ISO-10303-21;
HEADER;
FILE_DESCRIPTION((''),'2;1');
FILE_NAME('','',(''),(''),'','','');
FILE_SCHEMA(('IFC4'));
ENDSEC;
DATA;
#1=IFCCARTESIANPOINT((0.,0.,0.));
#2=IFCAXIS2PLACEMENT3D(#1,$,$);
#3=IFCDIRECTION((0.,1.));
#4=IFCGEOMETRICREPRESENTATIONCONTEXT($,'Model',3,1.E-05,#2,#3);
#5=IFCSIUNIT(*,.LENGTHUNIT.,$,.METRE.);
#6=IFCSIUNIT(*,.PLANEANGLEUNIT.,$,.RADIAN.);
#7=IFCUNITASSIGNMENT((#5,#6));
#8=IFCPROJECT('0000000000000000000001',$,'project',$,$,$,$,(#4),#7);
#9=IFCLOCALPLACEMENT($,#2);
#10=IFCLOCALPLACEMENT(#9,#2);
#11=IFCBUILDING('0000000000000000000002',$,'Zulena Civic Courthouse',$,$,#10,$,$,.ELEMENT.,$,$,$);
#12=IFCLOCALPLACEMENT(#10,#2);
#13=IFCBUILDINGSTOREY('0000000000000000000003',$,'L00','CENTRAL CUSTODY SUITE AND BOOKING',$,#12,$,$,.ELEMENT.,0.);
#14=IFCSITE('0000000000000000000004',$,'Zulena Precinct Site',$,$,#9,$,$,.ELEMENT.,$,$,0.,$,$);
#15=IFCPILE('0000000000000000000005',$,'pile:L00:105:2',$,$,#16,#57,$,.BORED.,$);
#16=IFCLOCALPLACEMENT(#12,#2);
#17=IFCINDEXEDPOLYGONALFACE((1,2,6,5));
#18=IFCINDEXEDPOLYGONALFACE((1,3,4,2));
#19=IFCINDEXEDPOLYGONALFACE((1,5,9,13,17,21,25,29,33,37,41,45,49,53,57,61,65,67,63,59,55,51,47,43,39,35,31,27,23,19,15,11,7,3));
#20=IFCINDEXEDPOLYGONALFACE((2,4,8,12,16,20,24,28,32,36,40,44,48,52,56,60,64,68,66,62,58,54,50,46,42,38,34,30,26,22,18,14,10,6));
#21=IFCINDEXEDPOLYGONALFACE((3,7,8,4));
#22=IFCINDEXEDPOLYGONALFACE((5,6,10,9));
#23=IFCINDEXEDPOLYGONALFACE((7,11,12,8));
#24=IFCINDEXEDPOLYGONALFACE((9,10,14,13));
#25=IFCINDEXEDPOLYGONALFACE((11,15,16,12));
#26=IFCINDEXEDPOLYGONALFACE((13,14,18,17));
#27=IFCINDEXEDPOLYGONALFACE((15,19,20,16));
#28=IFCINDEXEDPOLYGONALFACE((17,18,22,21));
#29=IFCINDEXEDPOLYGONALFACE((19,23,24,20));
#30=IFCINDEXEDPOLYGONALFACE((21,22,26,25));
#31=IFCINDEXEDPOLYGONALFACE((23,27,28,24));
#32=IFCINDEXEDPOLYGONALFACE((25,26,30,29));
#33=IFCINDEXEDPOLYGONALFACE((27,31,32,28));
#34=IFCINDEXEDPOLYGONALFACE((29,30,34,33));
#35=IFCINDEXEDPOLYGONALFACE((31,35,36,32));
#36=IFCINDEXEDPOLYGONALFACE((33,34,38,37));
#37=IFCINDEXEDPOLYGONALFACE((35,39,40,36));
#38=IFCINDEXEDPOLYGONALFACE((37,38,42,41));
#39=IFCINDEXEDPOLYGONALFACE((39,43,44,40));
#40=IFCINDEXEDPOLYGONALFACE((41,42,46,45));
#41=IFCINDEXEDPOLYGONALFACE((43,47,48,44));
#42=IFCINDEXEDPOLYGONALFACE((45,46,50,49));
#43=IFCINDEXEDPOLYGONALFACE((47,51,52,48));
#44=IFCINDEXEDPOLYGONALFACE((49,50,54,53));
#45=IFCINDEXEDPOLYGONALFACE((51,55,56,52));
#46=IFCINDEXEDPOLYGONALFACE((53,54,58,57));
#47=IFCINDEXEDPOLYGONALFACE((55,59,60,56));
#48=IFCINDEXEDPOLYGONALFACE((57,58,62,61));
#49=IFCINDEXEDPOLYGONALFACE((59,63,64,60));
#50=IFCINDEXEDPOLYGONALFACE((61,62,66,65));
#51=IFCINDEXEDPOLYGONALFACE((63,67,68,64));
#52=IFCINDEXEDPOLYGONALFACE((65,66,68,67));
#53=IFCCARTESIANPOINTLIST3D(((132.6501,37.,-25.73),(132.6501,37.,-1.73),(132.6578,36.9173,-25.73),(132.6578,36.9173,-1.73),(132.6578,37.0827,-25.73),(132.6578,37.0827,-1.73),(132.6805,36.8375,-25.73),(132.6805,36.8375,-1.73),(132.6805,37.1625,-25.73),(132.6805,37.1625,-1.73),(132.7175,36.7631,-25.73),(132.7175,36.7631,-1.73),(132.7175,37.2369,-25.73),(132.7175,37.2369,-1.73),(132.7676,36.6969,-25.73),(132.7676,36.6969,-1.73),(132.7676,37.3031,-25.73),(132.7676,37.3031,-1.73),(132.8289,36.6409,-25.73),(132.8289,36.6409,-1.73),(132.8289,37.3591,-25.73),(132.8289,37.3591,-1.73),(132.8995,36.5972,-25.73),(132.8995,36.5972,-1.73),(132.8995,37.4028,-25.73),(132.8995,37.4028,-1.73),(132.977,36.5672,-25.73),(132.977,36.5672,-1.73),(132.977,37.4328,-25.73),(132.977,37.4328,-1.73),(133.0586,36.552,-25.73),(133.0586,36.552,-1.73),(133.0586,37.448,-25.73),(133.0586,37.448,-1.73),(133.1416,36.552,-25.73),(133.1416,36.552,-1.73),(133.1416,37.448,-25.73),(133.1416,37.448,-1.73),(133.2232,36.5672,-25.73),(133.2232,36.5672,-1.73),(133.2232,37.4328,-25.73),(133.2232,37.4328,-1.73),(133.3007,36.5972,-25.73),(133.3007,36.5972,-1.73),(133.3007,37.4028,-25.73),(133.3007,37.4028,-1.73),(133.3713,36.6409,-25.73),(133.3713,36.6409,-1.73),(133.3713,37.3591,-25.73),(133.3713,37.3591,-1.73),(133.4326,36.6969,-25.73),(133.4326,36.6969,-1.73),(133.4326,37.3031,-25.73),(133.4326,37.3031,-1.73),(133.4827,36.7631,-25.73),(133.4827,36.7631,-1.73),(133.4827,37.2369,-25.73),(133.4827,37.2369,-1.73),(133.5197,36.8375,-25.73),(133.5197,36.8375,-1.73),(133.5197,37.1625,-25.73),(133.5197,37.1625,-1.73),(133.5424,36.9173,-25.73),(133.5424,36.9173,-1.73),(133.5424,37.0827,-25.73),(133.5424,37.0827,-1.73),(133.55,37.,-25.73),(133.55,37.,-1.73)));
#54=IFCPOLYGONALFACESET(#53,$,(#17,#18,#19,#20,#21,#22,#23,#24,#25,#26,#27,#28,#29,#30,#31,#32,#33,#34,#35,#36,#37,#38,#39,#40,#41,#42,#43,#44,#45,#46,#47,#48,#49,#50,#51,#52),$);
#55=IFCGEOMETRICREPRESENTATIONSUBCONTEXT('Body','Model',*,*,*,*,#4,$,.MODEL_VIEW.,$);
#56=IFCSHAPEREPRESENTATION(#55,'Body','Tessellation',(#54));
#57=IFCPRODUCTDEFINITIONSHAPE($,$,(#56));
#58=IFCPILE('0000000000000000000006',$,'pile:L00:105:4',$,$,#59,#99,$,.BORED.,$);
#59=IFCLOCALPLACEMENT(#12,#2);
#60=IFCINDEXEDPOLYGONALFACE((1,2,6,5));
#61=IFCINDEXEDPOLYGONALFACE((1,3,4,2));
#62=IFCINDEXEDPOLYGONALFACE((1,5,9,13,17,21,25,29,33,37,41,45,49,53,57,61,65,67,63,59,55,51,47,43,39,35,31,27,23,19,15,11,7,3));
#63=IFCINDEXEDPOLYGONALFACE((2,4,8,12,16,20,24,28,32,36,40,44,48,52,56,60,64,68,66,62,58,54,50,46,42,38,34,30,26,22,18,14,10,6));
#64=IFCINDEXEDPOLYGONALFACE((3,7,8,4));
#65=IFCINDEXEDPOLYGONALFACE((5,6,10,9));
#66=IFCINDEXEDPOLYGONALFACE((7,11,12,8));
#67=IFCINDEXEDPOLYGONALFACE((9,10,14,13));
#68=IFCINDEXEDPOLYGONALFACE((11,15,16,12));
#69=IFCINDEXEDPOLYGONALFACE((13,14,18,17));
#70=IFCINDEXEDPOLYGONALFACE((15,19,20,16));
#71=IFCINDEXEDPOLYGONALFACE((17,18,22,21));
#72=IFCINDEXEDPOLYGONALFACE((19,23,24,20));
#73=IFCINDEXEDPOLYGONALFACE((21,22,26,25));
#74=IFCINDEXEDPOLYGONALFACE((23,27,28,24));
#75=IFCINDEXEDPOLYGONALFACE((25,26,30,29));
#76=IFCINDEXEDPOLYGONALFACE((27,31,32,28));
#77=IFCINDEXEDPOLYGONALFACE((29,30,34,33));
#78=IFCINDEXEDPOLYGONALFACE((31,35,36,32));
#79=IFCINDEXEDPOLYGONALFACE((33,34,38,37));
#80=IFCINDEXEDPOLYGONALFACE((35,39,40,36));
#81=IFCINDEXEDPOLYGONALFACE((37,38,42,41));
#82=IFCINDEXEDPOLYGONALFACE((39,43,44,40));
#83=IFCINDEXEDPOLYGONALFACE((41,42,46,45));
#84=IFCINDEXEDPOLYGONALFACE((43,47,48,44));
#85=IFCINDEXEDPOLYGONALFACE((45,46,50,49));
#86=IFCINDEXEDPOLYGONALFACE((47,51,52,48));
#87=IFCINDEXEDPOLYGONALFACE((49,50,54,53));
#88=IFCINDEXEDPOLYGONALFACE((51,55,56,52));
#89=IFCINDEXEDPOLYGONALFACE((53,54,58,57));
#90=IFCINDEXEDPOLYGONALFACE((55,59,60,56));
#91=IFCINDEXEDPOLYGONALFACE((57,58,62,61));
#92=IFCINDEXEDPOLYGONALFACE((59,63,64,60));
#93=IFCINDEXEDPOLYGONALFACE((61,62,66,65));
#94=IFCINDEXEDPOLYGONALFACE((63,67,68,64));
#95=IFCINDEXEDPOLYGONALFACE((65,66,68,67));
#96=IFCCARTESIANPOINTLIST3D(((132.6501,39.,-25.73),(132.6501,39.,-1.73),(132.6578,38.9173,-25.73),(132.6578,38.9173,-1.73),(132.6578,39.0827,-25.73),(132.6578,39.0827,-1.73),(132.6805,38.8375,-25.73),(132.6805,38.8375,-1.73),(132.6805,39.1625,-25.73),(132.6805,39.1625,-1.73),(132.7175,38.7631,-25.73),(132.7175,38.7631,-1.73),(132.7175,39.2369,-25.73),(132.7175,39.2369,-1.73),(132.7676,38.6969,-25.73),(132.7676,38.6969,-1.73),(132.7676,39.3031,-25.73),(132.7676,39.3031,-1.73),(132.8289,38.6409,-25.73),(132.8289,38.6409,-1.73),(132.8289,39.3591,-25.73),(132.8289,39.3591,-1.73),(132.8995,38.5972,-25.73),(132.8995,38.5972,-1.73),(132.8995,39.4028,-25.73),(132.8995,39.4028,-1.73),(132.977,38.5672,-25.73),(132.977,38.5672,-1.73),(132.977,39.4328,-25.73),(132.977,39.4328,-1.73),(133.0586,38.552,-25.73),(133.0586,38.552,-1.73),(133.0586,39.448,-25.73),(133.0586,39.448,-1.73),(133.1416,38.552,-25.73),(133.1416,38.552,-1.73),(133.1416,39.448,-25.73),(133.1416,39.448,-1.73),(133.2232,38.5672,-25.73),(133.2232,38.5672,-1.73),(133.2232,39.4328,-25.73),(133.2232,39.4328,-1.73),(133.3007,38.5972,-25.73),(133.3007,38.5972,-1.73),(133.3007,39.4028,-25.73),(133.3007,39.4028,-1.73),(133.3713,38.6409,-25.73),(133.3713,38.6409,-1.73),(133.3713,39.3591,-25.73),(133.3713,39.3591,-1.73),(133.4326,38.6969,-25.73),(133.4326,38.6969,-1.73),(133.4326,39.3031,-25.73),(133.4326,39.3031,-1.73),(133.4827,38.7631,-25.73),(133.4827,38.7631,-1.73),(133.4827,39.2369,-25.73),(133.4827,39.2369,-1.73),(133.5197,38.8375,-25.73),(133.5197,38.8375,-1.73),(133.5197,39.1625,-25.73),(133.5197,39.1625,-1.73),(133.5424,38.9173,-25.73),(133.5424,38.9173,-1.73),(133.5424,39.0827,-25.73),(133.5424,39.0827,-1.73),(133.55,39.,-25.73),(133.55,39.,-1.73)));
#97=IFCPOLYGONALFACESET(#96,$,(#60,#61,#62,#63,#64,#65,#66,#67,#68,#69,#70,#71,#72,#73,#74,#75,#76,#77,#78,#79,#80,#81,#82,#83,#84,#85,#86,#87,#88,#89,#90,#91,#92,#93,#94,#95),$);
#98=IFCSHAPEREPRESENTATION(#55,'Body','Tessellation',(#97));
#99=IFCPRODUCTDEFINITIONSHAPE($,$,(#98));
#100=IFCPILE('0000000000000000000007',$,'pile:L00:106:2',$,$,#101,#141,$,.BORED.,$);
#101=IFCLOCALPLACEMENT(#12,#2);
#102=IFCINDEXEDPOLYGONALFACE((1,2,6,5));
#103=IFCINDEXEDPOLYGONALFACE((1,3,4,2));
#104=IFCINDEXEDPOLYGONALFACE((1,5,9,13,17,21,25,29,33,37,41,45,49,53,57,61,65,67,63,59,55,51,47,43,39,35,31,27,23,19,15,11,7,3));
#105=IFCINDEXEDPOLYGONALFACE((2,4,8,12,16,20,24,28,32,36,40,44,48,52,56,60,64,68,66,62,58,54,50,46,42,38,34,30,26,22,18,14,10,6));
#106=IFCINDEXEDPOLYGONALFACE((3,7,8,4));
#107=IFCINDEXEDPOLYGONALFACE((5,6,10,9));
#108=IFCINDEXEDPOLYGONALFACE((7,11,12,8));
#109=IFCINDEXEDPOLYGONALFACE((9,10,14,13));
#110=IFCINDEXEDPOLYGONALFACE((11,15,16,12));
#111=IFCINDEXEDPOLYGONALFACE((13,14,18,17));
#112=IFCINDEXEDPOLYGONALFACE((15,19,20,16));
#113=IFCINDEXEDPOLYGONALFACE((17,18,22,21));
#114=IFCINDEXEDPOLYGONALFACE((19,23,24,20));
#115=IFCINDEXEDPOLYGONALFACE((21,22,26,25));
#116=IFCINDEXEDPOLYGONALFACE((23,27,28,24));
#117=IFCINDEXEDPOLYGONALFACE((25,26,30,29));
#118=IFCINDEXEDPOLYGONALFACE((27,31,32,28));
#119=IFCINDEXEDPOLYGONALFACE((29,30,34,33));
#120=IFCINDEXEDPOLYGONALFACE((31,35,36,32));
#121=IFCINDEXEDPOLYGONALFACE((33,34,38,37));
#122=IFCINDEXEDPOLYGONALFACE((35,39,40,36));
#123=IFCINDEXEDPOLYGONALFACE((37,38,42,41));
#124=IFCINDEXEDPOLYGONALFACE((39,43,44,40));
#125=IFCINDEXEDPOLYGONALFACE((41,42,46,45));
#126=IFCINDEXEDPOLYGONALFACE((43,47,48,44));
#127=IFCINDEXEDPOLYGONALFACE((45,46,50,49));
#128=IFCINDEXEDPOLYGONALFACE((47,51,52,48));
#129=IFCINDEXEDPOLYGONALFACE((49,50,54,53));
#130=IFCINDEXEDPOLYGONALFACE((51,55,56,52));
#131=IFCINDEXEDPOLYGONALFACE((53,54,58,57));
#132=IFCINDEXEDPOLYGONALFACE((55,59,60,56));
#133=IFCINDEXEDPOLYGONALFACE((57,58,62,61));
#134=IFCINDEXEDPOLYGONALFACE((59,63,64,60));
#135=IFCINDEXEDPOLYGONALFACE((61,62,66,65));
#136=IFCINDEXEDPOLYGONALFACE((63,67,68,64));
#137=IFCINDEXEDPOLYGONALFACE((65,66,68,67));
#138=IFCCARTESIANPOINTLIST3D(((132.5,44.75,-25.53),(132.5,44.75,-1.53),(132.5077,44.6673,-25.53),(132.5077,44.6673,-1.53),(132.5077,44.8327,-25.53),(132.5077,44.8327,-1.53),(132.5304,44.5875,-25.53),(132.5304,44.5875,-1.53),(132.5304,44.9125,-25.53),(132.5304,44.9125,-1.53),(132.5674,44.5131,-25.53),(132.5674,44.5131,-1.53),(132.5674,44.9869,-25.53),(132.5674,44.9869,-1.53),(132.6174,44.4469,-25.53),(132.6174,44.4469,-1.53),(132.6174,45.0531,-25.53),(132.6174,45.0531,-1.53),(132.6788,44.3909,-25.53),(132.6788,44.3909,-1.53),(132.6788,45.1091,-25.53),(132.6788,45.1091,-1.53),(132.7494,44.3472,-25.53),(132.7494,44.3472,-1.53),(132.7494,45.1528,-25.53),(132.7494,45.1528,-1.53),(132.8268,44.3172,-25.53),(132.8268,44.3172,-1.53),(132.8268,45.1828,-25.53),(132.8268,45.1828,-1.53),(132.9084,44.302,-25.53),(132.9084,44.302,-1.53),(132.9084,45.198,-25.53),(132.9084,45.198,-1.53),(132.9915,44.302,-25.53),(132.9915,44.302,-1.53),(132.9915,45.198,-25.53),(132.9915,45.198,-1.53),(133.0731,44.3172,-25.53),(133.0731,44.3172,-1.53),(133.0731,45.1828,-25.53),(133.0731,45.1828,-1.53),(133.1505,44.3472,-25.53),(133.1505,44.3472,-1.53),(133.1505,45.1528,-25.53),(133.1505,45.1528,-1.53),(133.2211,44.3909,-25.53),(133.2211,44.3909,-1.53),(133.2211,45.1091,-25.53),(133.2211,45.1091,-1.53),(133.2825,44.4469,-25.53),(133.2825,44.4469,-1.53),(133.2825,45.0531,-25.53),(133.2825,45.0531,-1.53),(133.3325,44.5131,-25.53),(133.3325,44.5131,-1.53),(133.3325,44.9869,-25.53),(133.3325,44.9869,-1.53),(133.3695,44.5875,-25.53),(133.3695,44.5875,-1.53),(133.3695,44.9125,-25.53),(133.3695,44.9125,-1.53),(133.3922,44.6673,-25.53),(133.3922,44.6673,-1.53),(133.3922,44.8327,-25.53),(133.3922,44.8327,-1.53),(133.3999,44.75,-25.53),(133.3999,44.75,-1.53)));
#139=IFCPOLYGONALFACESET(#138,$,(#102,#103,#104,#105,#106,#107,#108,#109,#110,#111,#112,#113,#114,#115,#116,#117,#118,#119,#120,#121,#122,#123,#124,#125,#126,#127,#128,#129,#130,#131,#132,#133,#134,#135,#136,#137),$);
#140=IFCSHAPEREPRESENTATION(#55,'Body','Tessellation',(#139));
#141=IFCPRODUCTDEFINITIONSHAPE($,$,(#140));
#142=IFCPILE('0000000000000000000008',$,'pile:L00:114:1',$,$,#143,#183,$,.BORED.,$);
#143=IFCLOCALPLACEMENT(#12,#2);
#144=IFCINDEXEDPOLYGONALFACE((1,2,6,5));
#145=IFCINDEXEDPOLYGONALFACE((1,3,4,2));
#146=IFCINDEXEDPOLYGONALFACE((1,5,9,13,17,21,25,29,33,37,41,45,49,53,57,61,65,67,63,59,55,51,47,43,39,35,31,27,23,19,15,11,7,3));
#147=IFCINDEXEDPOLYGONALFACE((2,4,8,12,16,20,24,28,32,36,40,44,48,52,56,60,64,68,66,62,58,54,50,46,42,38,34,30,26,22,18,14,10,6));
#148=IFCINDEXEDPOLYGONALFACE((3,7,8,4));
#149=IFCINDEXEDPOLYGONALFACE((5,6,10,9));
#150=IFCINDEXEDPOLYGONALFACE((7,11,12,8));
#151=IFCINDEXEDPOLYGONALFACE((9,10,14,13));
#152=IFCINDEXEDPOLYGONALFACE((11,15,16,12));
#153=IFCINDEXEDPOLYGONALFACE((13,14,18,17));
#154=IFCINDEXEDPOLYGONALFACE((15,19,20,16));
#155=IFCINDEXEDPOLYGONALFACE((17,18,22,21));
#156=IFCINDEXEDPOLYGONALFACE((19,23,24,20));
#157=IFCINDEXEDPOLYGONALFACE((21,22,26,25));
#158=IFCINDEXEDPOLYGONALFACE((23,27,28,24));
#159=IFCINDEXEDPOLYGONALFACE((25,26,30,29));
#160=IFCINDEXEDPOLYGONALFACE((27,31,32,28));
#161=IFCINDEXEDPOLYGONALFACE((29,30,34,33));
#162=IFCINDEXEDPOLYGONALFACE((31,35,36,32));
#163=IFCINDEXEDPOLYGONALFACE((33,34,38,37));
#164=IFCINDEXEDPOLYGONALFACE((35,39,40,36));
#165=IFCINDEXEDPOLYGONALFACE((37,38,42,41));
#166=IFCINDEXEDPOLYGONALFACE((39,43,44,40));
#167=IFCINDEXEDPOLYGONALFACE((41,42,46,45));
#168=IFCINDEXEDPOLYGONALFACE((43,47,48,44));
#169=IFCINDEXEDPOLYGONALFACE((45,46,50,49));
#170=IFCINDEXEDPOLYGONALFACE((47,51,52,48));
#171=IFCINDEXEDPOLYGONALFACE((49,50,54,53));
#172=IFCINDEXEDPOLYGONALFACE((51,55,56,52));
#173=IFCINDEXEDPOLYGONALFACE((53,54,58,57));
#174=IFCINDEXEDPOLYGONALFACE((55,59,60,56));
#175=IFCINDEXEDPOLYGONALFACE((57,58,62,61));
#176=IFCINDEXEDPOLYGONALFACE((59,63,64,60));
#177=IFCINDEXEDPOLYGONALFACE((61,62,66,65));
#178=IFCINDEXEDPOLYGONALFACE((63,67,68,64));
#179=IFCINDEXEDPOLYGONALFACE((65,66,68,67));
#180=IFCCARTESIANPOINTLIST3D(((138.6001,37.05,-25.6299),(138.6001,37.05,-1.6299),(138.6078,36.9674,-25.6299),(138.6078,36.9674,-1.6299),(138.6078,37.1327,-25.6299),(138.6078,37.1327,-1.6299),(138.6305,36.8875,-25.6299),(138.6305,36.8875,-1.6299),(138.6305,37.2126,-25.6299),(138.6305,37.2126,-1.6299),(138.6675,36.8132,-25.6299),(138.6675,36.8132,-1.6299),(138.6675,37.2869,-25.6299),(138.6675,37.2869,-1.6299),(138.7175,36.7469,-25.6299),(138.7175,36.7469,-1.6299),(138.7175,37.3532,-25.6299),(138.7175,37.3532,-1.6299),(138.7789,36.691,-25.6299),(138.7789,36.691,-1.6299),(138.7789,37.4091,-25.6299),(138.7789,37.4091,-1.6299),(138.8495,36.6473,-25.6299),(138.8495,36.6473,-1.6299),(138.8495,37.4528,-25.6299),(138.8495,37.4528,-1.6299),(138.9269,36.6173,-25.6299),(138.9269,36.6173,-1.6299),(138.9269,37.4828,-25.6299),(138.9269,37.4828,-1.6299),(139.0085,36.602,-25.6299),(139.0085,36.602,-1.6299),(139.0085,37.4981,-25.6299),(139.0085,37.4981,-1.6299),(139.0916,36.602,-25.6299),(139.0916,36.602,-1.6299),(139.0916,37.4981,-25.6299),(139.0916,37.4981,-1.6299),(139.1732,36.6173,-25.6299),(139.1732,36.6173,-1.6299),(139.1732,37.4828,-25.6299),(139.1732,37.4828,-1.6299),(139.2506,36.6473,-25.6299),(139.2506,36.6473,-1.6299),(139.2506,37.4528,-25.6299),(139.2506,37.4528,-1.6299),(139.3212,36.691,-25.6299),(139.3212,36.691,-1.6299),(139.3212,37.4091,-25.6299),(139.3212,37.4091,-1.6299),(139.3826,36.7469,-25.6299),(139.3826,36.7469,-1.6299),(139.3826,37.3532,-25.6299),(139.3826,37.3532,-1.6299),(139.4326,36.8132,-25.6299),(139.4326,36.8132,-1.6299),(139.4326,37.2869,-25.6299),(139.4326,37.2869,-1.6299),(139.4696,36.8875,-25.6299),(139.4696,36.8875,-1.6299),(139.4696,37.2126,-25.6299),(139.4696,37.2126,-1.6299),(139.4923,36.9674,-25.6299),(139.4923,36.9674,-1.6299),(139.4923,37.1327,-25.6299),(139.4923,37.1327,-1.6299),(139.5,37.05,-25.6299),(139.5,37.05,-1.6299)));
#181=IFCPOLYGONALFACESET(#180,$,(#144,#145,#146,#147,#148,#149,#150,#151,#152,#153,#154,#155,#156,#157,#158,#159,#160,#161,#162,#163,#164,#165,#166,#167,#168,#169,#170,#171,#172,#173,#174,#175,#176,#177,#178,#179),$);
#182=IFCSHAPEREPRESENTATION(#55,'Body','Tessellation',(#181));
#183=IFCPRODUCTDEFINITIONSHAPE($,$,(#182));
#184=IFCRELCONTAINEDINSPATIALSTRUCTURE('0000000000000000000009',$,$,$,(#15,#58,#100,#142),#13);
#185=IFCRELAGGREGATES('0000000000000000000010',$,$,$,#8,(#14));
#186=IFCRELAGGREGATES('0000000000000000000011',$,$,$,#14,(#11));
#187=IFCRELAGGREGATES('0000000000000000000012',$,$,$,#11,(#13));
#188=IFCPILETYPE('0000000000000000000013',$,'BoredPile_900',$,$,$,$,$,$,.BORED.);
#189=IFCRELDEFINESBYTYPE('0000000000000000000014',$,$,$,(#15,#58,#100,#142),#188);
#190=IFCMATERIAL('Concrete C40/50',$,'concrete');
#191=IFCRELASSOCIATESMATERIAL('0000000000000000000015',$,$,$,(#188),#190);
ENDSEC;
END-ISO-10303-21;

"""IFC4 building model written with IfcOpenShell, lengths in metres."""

from ifc_helpers import new_model, si_unit, direction, frame, origin, origin_2d, place, context, subcontext, project, spatial, circle, extrude, material, material_profile, profile_set, type_object, element, save


model = new_model("IFC4")

# Units and contexts
model_context = context("Model", 3, precision=1e-05, world=origin(), true_north=direction((0.0, 1.0)))
body_context = subcontext(model_context, "Body", "Model", "MODEL_VIEW")
ifc_project = project(units=[si_unit("LENGTHUNIT", "METRE"), si_unit("PLANEANGLEUNIT", "RADIAN")], contexts=[model_context])

# Site, building, storey
site_placement = place(None, origin())
site = spatial("IfcSite", under=ifc_project, at=site_placement, Name="Zulena Precinct Site", CompositionType="ELEMENT", RefElevation=0.0)
building_placement = place(site_placement, origin())
building = spatial("IfcBuilding", under=site, at=building_placement, Name="Zulena Civic Courthouse", CompositionType="ELEMENT")
storey_placement = place(building_placement, origin())
storey = spatial("IfcBuildingStorey", under=building, at=storey_placement, Name="L00", Description="CENTRAL CUSTODY SUITE AND BOOKING", CompositionType="ELEMENT", Elevation=0.0)

# Piles
ifc_material_1 = material(Name="Concrete C40/50", Category="concrete")
ifc_material_profile_1 = material_profile(ifc_material_1, circle(Radius=0.45, at=origin_2d()), Name="PILE900")
ifc_profile_set_1 = profile_set([ifc_material_profile_1], Name="Concrete C40/50")
pile_type = type_object("IfcPileType", Name="BoredPile_900", PredefinedType="BORED", material=ifc_profile_set_1)
for number, where, z_axis, x_axis, name in (
    (1, (133.1001, 37.0, -1.73), (0.0, 0.0, -1.0), (1.0, 0.0, 0.0), "pile:L00:105:2"),
    (2, (133.1001, 39.0, -1.73), (0.0, 0.0, -1.0), (1.0, 0.0, 0.0), "pile:L00:105:4"),
    (3, (132.95, 44.75, -1.53), (0.0, 0.0, -1.0), (1.0, 0.0, 0.0), "pile:L00:106:2"),
    (4, (139.05, 37.05, -1.6299), (0.0, 0.0, -1.0), (1.0, 0.0, 0.0), "pile:L00:114:1"),
):
    element("IfcPile", number, at=place(storey_placement, frame(where, z_axis=z_axis, x_axis=x_axis)), inside=storey, type_object=pile_type, Name=name, PredefinedType="BORED", context=body_context, shape_type="SweptSolid", body=[
        extrude(circle(Radius=0.45, at=origin_2d()), origin(), (0.0, 0.0, 1.0), 24.0),
    ])

save(model, "model.ifc")
